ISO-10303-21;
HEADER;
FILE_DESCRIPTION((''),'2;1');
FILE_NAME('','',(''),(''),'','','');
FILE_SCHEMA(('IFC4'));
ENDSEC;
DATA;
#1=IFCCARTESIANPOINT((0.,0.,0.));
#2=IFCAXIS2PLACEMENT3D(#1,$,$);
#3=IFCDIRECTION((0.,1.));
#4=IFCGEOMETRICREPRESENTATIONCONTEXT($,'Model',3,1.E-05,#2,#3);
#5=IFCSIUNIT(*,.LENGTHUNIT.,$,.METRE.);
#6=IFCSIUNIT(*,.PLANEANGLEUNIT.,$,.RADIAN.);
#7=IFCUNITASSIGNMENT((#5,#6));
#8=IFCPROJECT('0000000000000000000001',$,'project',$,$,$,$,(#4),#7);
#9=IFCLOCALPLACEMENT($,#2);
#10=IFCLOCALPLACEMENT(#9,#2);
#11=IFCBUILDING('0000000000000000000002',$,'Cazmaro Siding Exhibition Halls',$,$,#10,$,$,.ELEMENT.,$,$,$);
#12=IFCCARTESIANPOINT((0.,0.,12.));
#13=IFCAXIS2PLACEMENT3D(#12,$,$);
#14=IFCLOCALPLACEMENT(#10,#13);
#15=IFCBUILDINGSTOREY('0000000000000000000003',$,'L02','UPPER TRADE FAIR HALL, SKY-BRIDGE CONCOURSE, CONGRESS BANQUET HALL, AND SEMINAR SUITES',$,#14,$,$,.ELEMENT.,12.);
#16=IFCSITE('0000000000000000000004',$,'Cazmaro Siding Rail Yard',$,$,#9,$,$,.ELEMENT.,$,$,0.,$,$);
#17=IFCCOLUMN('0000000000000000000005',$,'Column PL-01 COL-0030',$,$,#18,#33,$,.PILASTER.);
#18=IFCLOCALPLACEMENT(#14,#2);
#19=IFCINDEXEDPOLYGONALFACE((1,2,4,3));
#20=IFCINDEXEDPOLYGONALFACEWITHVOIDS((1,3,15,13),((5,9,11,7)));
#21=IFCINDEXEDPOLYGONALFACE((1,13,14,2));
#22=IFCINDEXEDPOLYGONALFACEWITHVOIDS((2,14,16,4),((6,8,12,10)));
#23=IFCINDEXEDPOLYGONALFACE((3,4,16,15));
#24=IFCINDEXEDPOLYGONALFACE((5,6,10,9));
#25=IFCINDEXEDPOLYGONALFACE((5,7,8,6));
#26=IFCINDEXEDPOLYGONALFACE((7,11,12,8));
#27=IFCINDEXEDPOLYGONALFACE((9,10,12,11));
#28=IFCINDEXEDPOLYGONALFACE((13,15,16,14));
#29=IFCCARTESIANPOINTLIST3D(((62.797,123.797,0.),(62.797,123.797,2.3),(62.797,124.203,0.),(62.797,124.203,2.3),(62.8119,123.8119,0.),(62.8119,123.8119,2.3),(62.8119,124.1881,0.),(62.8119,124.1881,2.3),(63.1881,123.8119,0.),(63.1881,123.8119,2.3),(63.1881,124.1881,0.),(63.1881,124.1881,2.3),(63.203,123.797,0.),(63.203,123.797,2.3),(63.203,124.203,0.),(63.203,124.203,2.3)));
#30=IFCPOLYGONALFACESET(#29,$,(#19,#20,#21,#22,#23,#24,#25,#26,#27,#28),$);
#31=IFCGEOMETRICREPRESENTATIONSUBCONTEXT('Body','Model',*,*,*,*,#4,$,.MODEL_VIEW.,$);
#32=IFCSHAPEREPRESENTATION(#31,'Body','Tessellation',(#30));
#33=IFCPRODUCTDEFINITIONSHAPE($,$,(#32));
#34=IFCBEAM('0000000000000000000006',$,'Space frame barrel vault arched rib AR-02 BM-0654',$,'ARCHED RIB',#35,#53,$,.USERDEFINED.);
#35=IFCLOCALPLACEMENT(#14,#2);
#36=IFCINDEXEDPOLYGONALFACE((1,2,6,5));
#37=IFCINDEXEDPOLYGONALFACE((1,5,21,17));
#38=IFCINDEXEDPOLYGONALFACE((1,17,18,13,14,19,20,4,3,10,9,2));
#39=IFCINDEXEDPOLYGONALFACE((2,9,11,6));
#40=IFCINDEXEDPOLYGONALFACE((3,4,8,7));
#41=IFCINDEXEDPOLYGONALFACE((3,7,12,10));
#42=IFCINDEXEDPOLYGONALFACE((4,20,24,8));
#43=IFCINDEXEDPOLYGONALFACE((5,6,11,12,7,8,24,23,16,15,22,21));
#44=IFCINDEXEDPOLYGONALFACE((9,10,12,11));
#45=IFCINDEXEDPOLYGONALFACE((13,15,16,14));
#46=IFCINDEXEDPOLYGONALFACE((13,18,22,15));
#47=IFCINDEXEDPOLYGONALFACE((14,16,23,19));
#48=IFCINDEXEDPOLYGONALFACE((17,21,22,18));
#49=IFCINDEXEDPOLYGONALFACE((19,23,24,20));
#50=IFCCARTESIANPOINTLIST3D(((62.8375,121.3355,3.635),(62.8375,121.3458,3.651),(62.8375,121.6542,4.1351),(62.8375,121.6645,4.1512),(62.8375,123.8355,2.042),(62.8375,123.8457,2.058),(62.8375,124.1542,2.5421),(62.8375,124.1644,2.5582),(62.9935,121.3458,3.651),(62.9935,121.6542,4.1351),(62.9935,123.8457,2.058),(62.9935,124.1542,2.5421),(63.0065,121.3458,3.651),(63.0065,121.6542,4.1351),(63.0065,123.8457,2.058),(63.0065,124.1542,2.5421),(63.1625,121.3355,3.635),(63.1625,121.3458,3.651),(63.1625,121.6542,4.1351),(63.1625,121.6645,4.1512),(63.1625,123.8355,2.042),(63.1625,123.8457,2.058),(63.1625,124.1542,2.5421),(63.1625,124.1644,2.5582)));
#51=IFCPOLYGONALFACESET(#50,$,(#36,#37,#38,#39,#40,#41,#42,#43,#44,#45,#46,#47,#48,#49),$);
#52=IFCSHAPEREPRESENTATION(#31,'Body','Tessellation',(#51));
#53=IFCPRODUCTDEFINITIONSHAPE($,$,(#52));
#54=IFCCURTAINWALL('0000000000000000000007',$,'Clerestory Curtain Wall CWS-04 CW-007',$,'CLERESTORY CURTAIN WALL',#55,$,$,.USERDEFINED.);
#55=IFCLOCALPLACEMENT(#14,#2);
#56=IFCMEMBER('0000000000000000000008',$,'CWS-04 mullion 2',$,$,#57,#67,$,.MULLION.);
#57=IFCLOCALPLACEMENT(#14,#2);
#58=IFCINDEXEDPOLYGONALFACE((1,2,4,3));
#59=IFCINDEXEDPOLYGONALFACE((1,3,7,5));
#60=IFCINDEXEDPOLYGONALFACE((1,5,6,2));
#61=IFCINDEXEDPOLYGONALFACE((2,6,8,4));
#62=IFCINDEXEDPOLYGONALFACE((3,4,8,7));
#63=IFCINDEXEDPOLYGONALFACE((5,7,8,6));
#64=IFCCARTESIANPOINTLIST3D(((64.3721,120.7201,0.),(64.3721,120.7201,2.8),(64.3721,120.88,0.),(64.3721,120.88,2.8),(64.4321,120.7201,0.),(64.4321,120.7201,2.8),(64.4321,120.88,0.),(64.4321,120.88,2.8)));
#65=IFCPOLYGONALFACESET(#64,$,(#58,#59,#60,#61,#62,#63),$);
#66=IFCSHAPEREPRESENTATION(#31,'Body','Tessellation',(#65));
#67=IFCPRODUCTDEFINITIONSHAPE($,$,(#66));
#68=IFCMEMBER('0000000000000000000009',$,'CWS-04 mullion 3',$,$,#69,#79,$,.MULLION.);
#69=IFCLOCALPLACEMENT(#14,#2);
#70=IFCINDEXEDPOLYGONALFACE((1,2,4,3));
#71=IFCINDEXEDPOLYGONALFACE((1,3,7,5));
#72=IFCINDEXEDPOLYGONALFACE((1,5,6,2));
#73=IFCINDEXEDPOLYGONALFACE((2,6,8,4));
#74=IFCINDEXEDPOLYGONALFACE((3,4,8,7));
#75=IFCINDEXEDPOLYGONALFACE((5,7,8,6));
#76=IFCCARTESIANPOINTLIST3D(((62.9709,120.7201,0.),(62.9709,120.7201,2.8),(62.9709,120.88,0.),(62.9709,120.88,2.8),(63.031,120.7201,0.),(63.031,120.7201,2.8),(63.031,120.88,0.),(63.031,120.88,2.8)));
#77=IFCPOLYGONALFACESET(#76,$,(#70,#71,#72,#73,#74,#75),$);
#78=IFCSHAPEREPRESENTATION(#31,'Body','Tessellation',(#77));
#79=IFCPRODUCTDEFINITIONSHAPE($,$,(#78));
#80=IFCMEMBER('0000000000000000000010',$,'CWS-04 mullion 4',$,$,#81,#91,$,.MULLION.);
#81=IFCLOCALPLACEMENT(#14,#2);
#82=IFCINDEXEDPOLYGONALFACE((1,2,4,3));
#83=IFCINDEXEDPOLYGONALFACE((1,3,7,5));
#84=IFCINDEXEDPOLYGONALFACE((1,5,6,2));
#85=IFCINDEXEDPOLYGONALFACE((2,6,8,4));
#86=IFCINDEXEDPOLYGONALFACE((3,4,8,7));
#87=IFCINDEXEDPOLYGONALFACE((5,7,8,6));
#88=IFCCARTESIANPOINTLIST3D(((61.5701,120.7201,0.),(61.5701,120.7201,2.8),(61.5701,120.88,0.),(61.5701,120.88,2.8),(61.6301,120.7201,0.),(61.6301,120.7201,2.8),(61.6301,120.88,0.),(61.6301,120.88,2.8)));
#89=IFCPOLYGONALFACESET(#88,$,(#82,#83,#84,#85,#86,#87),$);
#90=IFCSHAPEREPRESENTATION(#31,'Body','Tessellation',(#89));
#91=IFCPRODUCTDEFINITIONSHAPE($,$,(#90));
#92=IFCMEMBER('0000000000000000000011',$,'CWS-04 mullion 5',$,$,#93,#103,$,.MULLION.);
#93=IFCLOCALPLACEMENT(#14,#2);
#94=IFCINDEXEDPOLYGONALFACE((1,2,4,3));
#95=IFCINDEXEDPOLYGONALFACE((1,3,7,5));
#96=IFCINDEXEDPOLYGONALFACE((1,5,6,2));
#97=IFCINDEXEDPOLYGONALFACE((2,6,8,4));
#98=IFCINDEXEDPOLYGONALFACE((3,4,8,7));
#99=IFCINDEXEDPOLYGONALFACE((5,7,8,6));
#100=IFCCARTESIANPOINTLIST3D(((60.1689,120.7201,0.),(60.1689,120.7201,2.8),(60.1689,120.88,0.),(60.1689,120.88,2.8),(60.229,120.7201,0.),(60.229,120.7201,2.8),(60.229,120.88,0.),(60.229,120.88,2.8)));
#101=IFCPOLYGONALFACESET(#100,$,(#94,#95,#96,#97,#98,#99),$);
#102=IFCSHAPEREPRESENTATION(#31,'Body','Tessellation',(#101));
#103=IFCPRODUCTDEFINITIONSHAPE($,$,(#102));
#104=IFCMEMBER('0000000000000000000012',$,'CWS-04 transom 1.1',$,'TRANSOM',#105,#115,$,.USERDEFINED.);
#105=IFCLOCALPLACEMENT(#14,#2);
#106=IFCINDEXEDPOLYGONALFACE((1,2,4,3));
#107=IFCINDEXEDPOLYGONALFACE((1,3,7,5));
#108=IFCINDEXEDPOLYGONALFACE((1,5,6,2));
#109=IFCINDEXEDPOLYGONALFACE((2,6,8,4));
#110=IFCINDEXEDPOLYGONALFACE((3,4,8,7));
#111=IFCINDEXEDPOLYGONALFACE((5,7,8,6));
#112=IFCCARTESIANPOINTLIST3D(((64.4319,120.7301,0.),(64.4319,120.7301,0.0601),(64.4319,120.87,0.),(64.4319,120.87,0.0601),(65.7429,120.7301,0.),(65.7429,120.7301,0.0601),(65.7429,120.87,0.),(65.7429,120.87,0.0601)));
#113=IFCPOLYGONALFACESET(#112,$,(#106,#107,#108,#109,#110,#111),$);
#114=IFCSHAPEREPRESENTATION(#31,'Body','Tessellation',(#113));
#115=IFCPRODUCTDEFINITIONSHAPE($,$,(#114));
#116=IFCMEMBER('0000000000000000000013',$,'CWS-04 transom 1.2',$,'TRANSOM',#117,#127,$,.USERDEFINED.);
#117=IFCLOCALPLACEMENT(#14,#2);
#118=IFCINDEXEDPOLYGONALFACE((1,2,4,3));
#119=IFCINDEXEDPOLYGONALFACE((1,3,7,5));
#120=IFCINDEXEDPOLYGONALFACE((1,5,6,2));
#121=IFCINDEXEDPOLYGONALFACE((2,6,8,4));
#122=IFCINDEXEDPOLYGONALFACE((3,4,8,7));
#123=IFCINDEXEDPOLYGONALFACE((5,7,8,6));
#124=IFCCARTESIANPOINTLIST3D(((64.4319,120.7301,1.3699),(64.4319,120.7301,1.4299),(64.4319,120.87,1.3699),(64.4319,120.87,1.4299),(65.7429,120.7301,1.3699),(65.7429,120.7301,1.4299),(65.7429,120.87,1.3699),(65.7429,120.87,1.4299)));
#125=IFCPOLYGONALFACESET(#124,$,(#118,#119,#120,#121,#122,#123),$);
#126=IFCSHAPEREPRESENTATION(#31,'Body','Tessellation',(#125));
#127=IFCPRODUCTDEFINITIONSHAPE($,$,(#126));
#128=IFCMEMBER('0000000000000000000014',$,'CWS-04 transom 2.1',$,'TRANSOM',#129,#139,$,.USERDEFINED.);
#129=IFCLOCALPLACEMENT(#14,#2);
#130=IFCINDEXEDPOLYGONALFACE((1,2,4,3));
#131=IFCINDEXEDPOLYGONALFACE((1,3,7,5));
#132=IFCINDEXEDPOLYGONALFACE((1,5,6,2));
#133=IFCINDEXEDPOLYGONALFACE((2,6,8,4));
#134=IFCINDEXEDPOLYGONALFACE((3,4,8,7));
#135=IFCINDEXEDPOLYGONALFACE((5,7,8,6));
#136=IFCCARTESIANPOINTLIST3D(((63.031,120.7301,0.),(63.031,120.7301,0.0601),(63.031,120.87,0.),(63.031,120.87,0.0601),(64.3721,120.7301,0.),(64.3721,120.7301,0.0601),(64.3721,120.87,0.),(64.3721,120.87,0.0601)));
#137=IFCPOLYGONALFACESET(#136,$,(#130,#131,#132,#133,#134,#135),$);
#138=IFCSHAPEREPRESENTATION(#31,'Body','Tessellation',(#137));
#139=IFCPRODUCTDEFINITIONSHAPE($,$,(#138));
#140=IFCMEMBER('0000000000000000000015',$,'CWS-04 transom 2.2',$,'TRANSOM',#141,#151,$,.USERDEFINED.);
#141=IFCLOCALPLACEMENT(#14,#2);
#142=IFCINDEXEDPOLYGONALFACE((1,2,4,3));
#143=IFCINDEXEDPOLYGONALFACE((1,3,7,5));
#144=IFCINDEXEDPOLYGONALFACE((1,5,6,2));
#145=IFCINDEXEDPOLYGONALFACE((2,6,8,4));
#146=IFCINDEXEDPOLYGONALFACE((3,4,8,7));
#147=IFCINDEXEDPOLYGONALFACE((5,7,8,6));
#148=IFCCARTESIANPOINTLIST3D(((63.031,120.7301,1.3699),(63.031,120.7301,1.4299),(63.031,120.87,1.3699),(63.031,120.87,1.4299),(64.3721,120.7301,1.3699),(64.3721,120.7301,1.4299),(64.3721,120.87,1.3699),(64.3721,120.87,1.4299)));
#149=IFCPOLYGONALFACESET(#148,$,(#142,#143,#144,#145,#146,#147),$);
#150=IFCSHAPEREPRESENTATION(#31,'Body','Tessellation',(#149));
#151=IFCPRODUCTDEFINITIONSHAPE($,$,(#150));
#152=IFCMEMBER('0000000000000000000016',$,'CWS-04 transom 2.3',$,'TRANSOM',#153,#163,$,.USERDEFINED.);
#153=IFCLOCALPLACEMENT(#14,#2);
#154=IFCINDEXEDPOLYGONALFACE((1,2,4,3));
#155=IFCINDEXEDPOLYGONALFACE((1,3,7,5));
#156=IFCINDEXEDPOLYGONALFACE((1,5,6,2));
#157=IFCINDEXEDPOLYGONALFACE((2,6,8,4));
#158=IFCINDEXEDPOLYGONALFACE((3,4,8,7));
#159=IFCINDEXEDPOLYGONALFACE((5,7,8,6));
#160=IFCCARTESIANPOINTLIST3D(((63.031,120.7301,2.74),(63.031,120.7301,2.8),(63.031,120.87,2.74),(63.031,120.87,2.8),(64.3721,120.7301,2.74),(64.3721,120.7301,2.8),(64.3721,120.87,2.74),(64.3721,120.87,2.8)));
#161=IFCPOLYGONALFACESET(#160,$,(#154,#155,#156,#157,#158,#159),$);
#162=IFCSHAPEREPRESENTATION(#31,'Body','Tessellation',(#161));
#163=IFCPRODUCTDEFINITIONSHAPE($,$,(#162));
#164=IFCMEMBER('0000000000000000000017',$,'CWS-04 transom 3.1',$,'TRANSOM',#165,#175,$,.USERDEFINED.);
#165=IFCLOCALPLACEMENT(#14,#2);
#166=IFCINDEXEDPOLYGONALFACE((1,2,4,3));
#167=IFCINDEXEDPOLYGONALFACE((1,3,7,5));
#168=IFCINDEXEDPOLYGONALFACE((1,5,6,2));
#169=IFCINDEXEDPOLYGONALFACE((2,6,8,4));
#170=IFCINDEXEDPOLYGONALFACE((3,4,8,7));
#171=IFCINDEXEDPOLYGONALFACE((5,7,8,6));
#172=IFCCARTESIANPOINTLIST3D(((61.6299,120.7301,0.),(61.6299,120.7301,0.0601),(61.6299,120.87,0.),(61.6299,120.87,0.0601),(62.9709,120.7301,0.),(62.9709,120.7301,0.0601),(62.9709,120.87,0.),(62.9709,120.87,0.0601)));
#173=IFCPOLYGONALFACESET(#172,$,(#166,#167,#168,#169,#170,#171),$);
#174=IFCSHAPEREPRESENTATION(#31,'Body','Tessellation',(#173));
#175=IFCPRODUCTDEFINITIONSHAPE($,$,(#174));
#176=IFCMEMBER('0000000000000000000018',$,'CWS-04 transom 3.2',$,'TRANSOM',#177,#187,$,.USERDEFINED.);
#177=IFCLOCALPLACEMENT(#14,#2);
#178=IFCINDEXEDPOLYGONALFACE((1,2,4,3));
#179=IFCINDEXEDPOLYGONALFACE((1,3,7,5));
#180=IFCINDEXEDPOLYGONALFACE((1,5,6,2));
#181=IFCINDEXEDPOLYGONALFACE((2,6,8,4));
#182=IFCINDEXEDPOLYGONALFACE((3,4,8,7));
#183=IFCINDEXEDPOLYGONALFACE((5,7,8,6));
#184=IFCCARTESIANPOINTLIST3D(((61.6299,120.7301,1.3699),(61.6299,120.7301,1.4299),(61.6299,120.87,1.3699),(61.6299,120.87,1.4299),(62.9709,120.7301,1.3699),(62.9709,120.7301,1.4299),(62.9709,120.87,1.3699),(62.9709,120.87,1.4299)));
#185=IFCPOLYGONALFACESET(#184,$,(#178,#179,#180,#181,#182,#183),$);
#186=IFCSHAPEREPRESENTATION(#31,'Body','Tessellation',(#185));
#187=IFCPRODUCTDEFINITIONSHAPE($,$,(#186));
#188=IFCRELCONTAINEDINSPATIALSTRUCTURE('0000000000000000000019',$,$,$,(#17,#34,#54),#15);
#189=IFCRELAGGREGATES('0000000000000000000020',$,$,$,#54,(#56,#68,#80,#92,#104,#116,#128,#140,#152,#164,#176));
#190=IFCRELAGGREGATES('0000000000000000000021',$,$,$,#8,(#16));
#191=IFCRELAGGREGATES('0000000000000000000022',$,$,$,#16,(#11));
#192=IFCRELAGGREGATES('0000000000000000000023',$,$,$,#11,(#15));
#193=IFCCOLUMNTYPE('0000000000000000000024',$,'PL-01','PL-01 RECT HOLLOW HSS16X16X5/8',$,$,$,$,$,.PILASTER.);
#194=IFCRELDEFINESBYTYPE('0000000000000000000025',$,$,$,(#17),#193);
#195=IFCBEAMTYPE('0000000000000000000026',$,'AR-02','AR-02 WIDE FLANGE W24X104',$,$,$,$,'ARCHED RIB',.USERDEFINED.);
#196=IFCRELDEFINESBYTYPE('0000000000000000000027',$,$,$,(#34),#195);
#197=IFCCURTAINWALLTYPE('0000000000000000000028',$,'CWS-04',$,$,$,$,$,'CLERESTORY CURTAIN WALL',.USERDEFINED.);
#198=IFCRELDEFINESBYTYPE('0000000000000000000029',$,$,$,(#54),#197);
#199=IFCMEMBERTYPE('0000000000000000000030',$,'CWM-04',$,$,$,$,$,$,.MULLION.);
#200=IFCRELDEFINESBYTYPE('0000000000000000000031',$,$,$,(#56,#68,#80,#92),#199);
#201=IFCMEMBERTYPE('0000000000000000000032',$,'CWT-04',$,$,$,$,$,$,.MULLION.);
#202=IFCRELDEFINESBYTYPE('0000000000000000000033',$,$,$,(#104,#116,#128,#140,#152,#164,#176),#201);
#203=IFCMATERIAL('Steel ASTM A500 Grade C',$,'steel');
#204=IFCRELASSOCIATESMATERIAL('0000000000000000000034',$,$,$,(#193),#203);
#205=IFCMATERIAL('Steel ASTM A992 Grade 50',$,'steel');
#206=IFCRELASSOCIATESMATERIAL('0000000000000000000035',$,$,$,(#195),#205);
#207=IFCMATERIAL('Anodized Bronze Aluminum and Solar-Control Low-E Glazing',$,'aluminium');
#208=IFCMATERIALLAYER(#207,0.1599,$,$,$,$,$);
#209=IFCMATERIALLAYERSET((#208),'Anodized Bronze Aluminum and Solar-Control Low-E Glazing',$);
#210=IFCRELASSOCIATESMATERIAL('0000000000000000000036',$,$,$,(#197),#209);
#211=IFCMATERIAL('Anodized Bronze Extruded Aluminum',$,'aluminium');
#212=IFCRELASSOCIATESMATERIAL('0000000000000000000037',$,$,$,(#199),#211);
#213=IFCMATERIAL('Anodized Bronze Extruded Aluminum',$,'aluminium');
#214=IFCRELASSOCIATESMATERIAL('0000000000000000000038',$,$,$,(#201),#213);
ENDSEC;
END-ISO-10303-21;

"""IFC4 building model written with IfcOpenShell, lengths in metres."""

from ifc_helpers import new_model, si_unit, direction, frame, origin, origin_2d, place, context, subcontext, project, spatial, rectangle, hollow_rectangle, i_section, extrude, material, layer, layer_set, material_profile, profile_set, type_object, element, aggregate, save


model = new_model("IFC4")

# Units and contexts
model_context = context("Model", 3, precision=1e-05, world=origin(), true_north=direction((0.0, 1.0)))
body_context = subcontext(model_context, "Body", "Model", "MODEL_VIEW")
ifc_project = project(units=[si_unit("LENGTHUNIT", "METRE"), si_unit("PLANEANGLEUNIT", "RADIAN")], contexts=[model_context])

# Site, building, storey
site_placement = place(None, origin())
site = spatial("IfcSite", under=ifc_project, at=site_placement, Name="Cazmaro Siding Rail Yard", CompositionType="ELEMENT", RefElevation=0.0)
building_placement = place(site_placement, origin())
building = spatial("IfcBuilding", under=site, at=building_placement, Name="Cazmaro Siding Exhibition Halls", CompositionType="ELEMENT")
storey_placement = place(building_placement, frame((0.0, 0.0, 12.0)))
storey = spatial("IfcBuildingStorey", under=building, at=storey_placement, Name="L02", Description="UPPER TRADE FAIR HALL, SKY-BRIDGE CONCOURSE, CONGRESS BANQUET HALL, AND SEMINAR SUITES", CompositionType="ELEMENT", Elevation=12.0)

# Column
ifc_material_1 = material(Name="Steel ASTM A500 Grade C", Category="steel")
ifc_material_profile_1 = material_profile(ifc_material_1, hollow_rectangle(XDim=0.406, YDim=0.406, WallThickness=0.0149, at=origin_2d()), Name="HSS16X16X5/8")
ifc_profile_set_1 = profile_set([ifc_material_profile_1], Name="Steel ASTM A500 Grade C")
column_type = type_object("IfcColumnType", Name="PL-01", Description="PL-01 RECT HOLLOW HSS16X16X5/8", PredefinedType="PILASTER", material=ifc_profile_set_1)
column_placement = place(storey_placement, frame((63.0, 124.0, 0.0), z_axis=(0.0, 0.0, 1.0), x_axis=(1.0, 0.0, 0.0)))
element("IfcColumn", 1, at=column_placement, inside=storey, type_object=column_type, Name="Column PL-01 COL-0030", PredefinedType="PILASTER", context=body_context, shape_type="SweptSolid", body=[
    extrude(hollow_rectangle(XDim=0.406, YDim=0.406, WallThickness=0.0149, at=origin_2d()), origin(), (0.0, 0.0, 1.0), 2.3),
])

# Beam
ifc_material_2 = material(Name="Steel ASTM A992 Grade 50", Category="steel")
ifc_material_profile_2 = material_profile(ifc_material_2, i_section(OverallWidth=0.325, OverallDepth=0.6121, WebThickness=0.0129, FlangeThickness=0.019, at=origin_2d()), Name="W24X104")
ifc_profile_set_2 = profile_set([ifc_material_profile_2], Name="Steel ASTM A992 Grade 50")
beam_type_1 = type_object("IfcBeamType", Name="AR-02", Description="AR-02 WIDE FLANGE W24X104", ElementType="ARCHED RIB", PredefinedType="USERDEFINED", material=ifc_profile_set_2)
beam_1_placement = place(storey_placement, frame((63.0, 121.5, 3.8931), z_axis=(0.0, 0.843339, -0.537382), x_axis=(-1.0, 0.0, 0.0)))
element("IfcBeam", 2, at=beam_1_placement, inside=storey, type_object=beam_type_1, Name="Space frame barrel vault arched rib AR-02 BM-0654", ObjectType="ARCHED RIB", PredefinedType="USERDEFINED", context=body_context, shape_type="SweptSolid", body=[
    extrude(i_section(OverallWidth=0.325, OverallDepth=0.6121, WebThickness=0.0129, FlangeThickness=0.019, at=origin_2d()), origin(), (0.0, 0.0, 1.0), 2.9644),
])

# Curtain wall, members
ifc_material_3 = material(Name="Anodized Bronze Aluminum and Solar-Control Low-E Glazing", Category="aluminium")
ifc_layer_1 = layer(ifc_material_3, 0.1599)
ifc_layer_set_1 = layer_set([ifc_layer_1], Name="Anodized Bronze Aluminum and Solar-Control Low-E Glazing")
curtain_wall_type = type_object("IfcCurtainWallType", Name="CWS-04", ElementType="CLERESTORY CURTAIN WALL", PredefinedType="USERDEFINED", material=ifc_layer_set_1)
curtain_wall_placement = place(storey_placement, origin())
curtain_wall = element("IfcCurtainWall", 3, at=curtain_wall_placement, inside=storey, type_object=curtain_wall_type, Name="Clerestory Curtain Wall CWS-04 CW-007", ObjectType="CLERESTORY CURTAIN WALL", PredefinedType="USERDEFINED")
ifc_material_4 = material(Name="Anodized Bronze Extruded Aluminum", Category="aluminium")
ifc_material_profile_3 = material_profile(ifc_material_4, rectangle(XDim=0.1599, YDim=0.0601, at=origin_2d()), Name="CWM-04")
ifc_profile_set_3 = profile_set([ifc_material_profile_3], Name="Anodized Bronze Extruded Aluminum")
member_type_1 = type_object("IfcMemberType", Name="CWM-04", PredefinedType="MULLION", material=ifc_profile_set_3)
member_1_placement = place(storey_placement, frame((64.4021, 120.8, 0.0), z_axis=(0.0, 0.0, 1.0), x_axis=(0.0, -1.0, 0.0)))
member_1 = element("IfcMember", 4, at=member_1_placement, type_object=member_type_1, Name="CWS-04 mullion 2", PredefinedType="MULLION", context=body_context, shape_type="SweptSolid", body=[
    extrude(rectangle(XDim=0.1599, YDim=0.0601, at=origin_2d()), origin(), (0.0, 0.0, 1.0), 2.8),
])
member_2_placement = place(storey_placement, frame((63.001, 120.8, 0.0), z_axis=(0.0, 0.0, 1.0), x_axis=(0.0, -1.0, 0.0)))
member_2 = element("IfcMember", 5, at=member_2_placement, type_object=member_type_1, Name="CWS-04 mullion 3", PredefinedType="MULLION", context=body_context, shape_type="SweptSolid", body=[
    extrude(rectangle(XDim=0.1599, YDim=0.0601, at=origin_2d()), origin(), (0.0, 0.0, 1.0), 2.8),
])
member_3_placement = place(storey_placement, frame((61.6001, 120.8, 0.0), z_axis=(0.0, 0.0, 1.0), x_axis=(0.0, -1.0, 0.0)))
member_3 = element("IfcMember", 6, at=member_3_placement, type_object=member_type_1, Name="CWS-04 mullion 4", PredefinedType="MULLION", context=body_context, shape_type="SweptSolid", body=[
    extrude(rectangle(XDim=0.1599, YDim=0.0601, at=origin_2d()), origin(), (0.0, 0.0, 1.0), 2.8),
])
member_4_placement = place(storey_placement, frame((60.199, 120.8, 0.0), z_axis=(0.0, 0.0, 1.0), x_axis=(0.0, -1.0, 0.0)))
member_4 = element("IfcMember", 7, at=member_4_placement, type_object=member_type_1, Name="CWS-04 mullion 5", PredefinedType="MULLION", context=body_context, shape_type="SweptSolid", body=[
    extrude(rectangle(XDim=0.1599, YDim=0.0601, at=origin_2d()), origin(), (0.0, 0.0, 1.0), 2.8),
])
ifc_material_5 = material(Name="Anodized Bronze Extruded Aluminum", Category="aluminium")
ifc_material_profile_4 = material_profile(ifc_material_5, rectangle(XDim=0.1399, YDim=0.0601, at=origin_2d()), Name="CWT-04")
ifc_profile_set_4 = profile_set([ifc_material_profile_4], Name="Anodized Bronze Extruded Aluminum")
member_type_2 = type_object("IfcMemberType", Name="CWT-04", PredefinedType="MULLION", material=ifc_profile_set_4)
member_5_placement = place(storey_placement, frame((65.7429, 120.8, 0.03), z_axis=(-1.0, 0.0, 0.0), x_axis=(0.0, -1.0, 0.0)))
member_5 = element("IfcMember", 8, at=member_5_placement, type_object=member_type_2, Name="CWS-04 transom 1.1", ObjectType="TRANSOM", PredefinedType="USERDEFINED", context=body_context, shape_type="SweptSolid", body=[
    extrude(rectangle(XDim=0.1399, YDim=0.0601, at=origin_2d()), origin(), (0.0, 0.0, 1.0), 1.311),
])
member_6_placement = place(storey_placement, frame((65.7429, 120.8, 1.3999), z_axis=(-1.0, 0.0, 0.0), x_axis=(0.0, -1.0, 0.0)))
member_6 = element("IfcMember", 9, at=member_6_placement, type_object=member_type_2, Name="CWS-04 transom 1.2", ObjectType="TRANSOM", PredefinedType="USERDEFINED", context=body_context, shape_type="SweptSolid", body=[
    extrude(rectangle(XDim=0.1399, YDim=0.0601, at=origin_2d()), origin(), (0.0, 0.0, 1.0), 1.311),
])
member_7_placement = place(storey_placement, frame((64.3721, 120.8, 0.03), z_axis=(-1.0, 0.0, 0.0), x_axis=(0.0, -1.0, 0.0)))
member_7 = element("IfcMember", 10, at=member_7_placement, type_object=member_type_2, Name="CWS-04 transom 2.1", ObjectType="TRANSOM", PredefinedType="USERDEFINED", context=body_context, shape_type="SweptSolid", body=[
    extrude(rectangle(XDim=0.1399, YDim=0.0601, at=origin_2d()), origin(), (0.0, 0.0, 1.0), 1.3411),
])
member_8_placement = place(storey_placement, frame((64.3721, 120.8, 1.3999), z_axis=(-1.0, 0.0, 0.0), x_axis=(0.0, -1.0, 0.0)))
member_8 = element("IfcMember", 11, at=member_8_placement, type_object=member_type_2, Name="CWS-04 transom 2.2", ObjectType="TRANSOM", PredefinedType="USERDEFINED", context=body_context, shape_type="SweptSolid", body=[
    extrude(rectangle(XDim=0.1399, YDim=0.0601, at=origin_2d()), origin(), (0.0, 0.0, 1.0), 1.3411),
])
member_9_placement = place(storey_placement, frame((64.3721, 120.8, 2.77), z_axis=(-1.0, 0.0, 0.0), x_axis=(0.0, -1.0, 0.0)))
member_9 = element("IfcMember", 12, at=member_9_placement, type_object=member_type_2, Name="CWS-04 transom 2.3", ObjectType="TRANSOM", PredefinedType="USERDEFINED", context=body_context, shape_type="SweptSolid", body=[
    extrude(rectangle(XDim=0.1399, YDim=0.0601, at=origin_2d()), origin(), (0.0, 0.0, 1.0), 1.3411),
])
member_10_placement = place(storey_placement, frame((62.9709, 120.8, 0.03), z_axis=(-1.0, 0.0, 0.0), x_axis=(0.0, -1.0, 0.0)))
member_10 = element("IfcMember", 13, at=member_10_placement, type_object=member_type_2, Name="CWS-04 transom 3.1", ObjectType="TRANSOM", PredefinedType="USERDEFINED", context=body_context, shape_type="SweptSolid", body=[
    extrude(rectangle(XDim=0.1399, YDim=0.0601, at=origin_2d()), origin(), (0.0, 0.0, 1.0), 1.3411),
])
member_11_placement = place(storey_placement, frame((62.9709, 120.8, 1.3999), z_axis=(-1.0, 0.0, 0.0), x_axis=(0.0, -1.0, 0.0)))
member_11 = element("IfcMember", 14, at=member_11_placement, type_object=member_type_2, Name="CWS-04 transom 3.2", ObjectType="TRANSOM", PredefinedType="USERDEFINED", context=body_context, shape_type="SweptSolid", body=[
    extrude(rectangle(XDim=0.1399, YDim=0.0601, at=origin_2d()), origin(), (0.0, 0.0, 1.0), 1.3411),
])

aggregate(curtain_wall, [member_1, member_2, member_3, member_4, member_5, member_6, member_7, member_8, member_9, member_10, member_11])

save(model, "model.ifc")
